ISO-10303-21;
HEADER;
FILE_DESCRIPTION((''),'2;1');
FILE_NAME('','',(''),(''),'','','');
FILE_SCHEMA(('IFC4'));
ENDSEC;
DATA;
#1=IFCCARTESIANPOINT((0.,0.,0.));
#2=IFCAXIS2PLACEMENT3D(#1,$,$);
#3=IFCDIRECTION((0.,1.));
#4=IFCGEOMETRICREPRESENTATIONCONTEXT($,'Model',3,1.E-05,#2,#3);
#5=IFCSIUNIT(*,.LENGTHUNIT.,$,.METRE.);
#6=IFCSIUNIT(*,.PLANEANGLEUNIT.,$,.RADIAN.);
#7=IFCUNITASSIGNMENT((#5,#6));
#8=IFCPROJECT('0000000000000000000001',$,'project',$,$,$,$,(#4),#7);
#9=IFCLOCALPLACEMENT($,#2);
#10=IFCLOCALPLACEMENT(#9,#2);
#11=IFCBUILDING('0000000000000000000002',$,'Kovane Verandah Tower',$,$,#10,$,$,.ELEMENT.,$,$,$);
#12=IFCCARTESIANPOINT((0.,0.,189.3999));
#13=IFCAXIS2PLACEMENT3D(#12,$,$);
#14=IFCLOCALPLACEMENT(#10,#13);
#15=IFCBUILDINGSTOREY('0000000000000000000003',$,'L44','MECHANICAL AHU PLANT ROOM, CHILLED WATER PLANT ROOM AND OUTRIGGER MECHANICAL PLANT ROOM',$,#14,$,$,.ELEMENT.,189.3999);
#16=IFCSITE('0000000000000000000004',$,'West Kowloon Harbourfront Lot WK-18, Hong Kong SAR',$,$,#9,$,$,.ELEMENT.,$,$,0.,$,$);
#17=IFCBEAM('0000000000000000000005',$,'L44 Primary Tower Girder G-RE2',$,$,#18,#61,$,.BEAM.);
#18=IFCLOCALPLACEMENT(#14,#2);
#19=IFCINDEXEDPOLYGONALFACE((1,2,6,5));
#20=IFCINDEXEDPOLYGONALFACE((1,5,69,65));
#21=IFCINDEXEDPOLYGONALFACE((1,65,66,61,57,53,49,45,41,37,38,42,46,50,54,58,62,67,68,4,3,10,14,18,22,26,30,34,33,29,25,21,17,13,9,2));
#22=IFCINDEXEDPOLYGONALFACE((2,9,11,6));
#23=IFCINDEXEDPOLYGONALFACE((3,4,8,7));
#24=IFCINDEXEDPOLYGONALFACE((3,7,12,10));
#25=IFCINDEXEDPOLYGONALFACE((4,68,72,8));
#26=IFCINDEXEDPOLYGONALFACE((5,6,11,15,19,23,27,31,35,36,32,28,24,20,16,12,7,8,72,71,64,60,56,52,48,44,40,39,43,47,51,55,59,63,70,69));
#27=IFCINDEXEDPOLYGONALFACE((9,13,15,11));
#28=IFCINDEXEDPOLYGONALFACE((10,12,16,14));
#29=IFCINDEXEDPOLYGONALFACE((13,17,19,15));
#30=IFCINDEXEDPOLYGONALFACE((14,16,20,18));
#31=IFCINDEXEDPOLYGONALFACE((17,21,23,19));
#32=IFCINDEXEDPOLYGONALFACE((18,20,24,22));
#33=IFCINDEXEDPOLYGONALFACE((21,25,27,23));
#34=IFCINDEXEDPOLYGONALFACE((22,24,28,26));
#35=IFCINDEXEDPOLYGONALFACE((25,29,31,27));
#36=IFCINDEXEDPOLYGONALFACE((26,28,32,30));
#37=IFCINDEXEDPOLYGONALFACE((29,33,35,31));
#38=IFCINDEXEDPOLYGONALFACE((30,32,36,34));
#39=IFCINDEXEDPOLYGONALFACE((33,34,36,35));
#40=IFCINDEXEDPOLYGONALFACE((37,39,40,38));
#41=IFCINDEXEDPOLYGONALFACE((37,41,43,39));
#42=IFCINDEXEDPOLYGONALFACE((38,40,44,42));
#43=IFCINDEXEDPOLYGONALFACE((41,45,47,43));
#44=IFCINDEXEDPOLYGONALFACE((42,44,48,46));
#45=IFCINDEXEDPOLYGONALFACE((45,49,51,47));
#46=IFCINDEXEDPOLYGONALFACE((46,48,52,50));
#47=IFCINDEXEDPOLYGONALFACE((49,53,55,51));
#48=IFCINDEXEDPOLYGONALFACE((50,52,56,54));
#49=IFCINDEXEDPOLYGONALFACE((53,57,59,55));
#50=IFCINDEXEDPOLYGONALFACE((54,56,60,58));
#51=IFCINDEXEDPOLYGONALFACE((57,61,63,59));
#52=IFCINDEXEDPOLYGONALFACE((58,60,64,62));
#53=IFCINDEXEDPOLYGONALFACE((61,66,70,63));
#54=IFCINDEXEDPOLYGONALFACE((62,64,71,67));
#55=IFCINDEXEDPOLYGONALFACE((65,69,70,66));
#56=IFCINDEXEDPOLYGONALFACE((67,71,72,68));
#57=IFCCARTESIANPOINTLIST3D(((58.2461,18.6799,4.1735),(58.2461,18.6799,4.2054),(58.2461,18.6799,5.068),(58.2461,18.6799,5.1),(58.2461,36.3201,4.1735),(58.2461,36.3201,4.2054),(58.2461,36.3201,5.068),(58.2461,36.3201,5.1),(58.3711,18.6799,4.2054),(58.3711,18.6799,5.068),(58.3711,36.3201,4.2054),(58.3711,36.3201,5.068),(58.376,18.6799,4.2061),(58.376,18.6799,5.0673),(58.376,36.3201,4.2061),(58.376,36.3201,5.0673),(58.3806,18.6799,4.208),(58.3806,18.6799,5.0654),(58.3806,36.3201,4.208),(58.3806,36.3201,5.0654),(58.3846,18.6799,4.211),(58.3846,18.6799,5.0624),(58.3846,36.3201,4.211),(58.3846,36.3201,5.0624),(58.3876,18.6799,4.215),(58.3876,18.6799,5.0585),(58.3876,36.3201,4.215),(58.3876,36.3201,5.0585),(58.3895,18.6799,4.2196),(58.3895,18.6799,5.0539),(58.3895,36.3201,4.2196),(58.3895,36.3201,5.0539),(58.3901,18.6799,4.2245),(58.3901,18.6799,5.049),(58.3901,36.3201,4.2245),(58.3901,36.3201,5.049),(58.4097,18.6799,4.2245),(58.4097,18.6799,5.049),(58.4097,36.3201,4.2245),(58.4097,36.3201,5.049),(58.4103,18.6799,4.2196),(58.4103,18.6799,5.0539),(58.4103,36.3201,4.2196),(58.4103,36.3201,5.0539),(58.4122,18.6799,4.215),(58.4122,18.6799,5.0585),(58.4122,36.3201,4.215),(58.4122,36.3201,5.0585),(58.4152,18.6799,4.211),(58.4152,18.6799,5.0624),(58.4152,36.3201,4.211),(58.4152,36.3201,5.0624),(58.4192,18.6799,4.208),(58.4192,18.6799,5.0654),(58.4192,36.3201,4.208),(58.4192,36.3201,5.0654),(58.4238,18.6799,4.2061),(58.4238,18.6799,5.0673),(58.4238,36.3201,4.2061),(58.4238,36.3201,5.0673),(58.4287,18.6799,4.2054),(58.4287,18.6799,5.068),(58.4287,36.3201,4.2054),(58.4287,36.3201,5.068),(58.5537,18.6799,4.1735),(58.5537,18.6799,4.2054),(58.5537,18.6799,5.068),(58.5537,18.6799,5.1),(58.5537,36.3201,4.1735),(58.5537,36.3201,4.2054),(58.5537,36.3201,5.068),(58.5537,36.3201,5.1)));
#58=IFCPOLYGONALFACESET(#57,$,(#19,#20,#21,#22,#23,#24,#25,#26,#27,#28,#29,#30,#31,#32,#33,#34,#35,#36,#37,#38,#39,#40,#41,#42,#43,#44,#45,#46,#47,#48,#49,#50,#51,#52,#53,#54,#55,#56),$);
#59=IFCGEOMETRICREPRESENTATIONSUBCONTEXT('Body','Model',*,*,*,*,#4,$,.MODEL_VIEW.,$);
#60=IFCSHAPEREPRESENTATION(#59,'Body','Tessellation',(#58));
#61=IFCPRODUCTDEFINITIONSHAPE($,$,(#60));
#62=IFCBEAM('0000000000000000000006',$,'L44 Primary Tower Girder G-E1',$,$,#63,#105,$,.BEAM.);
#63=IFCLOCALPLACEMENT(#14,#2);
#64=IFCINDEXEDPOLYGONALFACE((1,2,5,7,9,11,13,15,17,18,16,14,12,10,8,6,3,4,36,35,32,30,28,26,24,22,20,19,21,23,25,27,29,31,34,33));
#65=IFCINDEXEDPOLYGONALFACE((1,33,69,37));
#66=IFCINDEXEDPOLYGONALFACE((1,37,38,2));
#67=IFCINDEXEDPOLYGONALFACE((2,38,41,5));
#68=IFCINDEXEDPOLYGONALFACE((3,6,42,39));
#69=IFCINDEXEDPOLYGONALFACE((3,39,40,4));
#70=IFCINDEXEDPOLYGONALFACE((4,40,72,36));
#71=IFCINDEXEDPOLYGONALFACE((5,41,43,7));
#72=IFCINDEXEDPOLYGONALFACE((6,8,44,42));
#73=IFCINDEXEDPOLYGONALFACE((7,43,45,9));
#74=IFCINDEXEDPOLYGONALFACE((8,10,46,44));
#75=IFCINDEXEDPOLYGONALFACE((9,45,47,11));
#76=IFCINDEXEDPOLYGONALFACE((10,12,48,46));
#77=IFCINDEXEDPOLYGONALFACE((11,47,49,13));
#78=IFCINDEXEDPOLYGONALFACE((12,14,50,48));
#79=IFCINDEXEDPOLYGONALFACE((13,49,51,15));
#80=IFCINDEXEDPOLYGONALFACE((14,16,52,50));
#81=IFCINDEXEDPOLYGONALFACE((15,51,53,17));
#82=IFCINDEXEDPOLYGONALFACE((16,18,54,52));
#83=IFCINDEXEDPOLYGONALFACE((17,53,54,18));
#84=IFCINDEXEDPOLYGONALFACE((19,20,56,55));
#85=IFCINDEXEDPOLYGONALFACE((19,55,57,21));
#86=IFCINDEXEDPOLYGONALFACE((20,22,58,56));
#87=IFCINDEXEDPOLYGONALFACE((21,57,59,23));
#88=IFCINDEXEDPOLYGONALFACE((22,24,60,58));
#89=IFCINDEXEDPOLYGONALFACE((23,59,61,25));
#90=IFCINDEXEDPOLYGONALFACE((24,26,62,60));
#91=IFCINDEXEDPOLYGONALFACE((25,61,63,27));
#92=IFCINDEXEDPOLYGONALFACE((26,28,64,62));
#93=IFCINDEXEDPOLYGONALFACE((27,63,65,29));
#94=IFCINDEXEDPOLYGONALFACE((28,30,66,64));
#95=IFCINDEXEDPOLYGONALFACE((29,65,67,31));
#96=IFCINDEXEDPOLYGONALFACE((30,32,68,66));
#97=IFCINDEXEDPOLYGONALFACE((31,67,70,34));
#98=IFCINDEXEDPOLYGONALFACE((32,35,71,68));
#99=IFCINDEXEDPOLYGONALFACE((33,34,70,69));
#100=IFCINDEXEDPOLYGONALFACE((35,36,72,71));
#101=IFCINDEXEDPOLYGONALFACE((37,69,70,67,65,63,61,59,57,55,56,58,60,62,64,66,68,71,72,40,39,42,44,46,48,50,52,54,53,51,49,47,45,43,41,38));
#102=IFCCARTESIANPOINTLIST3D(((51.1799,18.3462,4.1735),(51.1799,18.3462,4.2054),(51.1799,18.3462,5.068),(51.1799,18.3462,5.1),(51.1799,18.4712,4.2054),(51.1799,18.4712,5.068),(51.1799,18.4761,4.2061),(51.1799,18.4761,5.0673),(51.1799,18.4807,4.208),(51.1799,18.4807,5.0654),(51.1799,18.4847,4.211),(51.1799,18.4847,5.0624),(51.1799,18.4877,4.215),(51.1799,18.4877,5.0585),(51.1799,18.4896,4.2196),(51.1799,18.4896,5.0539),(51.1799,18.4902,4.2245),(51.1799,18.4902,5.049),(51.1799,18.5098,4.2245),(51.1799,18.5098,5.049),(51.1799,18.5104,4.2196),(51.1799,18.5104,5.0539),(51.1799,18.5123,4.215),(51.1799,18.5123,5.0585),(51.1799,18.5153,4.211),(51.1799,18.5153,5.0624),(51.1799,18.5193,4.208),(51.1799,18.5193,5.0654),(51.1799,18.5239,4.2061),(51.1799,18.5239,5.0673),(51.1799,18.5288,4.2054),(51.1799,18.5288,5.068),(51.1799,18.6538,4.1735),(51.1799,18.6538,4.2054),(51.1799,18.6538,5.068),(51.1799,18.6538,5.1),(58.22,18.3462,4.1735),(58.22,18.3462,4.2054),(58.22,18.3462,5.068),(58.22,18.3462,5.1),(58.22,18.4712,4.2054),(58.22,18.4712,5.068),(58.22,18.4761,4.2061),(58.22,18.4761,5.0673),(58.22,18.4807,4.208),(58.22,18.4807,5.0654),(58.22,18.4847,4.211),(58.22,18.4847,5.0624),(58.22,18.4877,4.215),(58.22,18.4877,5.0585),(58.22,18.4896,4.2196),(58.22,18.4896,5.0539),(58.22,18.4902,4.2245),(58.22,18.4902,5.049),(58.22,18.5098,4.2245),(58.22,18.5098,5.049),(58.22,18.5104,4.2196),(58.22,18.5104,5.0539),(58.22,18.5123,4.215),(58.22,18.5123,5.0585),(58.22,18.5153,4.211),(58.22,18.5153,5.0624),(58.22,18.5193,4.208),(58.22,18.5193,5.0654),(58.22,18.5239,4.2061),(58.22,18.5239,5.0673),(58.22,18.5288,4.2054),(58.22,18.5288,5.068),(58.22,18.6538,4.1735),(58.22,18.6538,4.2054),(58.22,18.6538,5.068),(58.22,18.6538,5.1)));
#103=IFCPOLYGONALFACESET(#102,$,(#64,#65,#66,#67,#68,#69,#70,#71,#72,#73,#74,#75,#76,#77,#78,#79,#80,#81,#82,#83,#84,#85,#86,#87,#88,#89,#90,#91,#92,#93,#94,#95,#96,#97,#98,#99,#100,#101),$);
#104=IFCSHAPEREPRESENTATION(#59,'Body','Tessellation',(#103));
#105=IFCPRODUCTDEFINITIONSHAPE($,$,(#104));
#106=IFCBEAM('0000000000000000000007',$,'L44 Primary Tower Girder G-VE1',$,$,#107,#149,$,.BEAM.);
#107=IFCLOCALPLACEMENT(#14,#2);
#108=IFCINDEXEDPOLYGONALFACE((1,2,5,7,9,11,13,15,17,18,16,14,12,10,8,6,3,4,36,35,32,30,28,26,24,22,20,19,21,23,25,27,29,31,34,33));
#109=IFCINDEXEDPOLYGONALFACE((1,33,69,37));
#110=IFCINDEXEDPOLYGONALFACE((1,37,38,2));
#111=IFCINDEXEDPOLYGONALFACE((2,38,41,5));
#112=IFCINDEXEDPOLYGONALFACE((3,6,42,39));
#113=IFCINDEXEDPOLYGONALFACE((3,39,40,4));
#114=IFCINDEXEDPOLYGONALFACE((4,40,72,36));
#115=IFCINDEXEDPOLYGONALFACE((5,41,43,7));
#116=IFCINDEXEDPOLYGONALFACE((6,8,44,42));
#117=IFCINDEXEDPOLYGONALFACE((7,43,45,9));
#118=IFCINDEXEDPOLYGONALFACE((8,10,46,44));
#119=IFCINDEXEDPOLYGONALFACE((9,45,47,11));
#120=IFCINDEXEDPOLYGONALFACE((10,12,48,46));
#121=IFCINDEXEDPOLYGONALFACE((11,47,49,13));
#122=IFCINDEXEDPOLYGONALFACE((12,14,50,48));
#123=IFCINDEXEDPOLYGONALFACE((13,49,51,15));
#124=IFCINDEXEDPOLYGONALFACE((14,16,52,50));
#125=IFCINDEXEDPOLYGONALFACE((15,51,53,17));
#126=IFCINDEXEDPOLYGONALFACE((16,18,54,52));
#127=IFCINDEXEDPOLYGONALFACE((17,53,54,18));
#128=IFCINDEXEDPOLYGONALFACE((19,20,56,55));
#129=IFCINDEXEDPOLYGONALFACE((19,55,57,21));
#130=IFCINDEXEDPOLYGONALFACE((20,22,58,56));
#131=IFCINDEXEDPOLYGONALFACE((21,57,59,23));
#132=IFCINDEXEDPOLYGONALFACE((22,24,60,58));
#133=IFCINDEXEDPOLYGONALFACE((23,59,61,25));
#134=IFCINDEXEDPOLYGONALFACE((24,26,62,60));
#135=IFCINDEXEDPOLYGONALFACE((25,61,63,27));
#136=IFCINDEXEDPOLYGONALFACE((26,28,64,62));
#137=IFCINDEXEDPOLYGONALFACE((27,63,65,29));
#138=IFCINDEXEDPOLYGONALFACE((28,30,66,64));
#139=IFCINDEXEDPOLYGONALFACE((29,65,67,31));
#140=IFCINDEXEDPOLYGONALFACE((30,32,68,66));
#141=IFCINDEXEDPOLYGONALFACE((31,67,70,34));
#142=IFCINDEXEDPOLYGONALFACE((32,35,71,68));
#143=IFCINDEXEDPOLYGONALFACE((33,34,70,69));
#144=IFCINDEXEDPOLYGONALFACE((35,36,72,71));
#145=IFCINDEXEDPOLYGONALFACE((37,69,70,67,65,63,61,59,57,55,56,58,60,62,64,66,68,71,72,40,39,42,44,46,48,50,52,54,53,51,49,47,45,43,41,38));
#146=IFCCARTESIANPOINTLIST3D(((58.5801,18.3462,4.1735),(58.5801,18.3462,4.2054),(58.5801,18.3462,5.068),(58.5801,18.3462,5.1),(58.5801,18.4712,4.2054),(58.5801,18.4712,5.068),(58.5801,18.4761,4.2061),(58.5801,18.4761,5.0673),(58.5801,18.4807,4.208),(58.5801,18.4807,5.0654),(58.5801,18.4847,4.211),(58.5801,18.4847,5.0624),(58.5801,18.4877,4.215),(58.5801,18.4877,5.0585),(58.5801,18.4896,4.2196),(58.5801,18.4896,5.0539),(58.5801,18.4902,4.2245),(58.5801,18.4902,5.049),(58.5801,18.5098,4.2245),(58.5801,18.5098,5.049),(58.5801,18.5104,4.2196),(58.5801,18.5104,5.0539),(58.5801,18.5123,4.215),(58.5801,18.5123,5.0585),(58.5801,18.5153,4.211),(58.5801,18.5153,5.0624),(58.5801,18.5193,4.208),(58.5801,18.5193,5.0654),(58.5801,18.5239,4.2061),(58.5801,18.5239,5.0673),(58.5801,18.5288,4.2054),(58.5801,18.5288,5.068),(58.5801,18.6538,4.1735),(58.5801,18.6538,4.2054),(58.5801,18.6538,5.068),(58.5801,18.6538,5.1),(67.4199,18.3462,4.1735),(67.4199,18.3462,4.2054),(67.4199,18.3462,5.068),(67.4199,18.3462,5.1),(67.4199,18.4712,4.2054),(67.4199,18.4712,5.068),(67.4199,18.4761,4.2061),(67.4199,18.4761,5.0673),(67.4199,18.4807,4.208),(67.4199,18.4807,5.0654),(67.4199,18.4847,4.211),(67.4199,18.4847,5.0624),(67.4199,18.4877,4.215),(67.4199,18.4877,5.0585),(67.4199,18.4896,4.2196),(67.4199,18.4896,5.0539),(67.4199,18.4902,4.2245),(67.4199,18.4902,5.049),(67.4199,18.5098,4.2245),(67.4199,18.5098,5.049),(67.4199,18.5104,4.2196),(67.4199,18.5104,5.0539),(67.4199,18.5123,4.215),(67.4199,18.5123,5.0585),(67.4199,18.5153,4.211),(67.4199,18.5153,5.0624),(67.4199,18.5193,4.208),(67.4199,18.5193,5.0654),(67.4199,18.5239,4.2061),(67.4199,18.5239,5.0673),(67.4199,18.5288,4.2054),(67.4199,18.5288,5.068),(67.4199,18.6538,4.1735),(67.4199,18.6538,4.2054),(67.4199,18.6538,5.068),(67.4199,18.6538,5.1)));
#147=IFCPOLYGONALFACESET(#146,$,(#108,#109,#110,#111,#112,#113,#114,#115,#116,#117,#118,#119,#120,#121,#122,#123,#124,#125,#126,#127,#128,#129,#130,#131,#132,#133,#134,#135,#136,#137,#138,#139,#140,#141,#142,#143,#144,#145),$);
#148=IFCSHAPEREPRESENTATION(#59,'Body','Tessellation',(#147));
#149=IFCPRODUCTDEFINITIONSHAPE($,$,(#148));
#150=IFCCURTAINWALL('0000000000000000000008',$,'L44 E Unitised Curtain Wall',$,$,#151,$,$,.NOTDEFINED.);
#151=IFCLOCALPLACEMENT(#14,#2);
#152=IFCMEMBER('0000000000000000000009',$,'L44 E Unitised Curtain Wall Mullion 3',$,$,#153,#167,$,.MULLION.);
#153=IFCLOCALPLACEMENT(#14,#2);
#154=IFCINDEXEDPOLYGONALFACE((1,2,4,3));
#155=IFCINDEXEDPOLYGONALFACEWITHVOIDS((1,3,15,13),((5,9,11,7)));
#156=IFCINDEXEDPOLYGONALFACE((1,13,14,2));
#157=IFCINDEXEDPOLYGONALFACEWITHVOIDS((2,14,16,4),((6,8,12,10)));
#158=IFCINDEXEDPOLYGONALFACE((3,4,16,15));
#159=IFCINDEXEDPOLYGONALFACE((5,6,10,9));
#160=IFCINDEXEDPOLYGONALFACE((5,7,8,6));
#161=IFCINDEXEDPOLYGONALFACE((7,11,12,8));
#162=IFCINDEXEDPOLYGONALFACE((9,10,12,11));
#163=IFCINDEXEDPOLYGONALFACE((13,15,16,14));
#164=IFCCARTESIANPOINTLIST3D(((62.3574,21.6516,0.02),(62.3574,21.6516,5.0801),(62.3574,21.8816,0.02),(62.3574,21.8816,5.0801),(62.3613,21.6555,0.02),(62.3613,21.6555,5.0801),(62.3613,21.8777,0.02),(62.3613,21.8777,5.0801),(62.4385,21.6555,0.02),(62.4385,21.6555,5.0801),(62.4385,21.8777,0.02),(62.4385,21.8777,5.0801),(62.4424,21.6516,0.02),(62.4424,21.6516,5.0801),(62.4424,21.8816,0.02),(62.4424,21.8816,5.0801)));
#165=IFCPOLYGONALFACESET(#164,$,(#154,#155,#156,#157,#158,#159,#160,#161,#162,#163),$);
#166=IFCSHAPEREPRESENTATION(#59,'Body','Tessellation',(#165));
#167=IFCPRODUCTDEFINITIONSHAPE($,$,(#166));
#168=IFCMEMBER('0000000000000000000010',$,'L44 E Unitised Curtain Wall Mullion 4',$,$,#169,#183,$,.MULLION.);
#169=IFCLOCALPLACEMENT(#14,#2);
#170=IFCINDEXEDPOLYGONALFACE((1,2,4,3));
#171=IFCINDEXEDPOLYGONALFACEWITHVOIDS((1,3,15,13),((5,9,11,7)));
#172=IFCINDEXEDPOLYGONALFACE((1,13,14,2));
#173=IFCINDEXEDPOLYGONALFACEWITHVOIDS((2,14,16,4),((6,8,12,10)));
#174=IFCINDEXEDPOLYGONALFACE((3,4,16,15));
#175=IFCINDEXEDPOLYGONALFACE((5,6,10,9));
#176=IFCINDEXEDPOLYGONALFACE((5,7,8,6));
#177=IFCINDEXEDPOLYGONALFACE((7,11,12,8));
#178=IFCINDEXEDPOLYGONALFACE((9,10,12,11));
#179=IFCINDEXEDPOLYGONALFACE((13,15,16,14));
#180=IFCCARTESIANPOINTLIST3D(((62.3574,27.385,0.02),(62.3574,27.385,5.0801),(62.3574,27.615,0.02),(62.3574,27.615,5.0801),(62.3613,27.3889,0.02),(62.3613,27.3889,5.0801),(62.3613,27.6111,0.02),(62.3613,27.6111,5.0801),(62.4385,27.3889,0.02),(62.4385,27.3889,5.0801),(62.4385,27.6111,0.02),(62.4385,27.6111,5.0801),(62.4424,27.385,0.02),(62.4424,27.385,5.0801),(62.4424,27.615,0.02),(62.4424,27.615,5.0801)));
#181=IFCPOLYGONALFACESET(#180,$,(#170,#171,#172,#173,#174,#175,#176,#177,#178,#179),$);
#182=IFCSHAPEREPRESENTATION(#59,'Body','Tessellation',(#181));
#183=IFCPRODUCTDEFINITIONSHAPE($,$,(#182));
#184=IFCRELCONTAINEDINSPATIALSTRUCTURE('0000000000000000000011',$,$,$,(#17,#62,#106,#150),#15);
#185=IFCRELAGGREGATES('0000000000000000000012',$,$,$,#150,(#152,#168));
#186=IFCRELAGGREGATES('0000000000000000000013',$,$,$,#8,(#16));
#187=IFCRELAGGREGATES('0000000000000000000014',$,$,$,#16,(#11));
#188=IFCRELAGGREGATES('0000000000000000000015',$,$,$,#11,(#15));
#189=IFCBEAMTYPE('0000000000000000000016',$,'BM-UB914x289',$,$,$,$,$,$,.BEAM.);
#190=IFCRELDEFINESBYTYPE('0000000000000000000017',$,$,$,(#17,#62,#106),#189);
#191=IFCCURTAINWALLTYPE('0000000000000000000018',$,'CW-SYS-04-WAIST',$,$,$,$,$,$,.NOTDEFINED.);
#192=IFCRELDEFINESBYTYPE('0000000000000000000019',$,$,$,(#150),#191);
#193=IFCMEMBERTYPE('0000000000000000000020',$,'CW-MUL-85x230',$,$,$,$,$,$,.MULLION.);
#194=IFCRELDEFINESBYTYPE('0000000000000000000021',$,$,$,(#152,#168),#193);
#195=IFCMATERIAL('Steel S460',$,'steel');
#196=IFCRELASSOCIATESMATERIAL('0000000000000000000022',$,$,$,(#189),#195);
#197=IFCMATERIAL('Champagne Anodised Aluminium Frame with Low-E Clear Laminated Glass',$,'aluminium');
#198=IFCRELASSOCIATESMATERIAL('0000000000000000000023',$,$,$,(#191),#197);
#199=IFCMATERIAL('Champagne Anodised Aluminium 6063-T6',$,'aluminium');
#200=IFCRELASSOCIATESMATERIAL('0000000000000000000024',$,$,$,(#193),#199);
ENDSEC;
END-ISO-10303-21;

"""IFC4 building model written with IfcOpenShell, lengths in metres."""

from ifc_helpers import new_model, si_unit, direction, frame, origin, origin_2d, place, context, subcontext, project, spatial, hollow_rectangle, i_section, extrude, material, material_profile, profile_set, type_object, element, aggregate, save


model = new_model("IFC4")

# Units and contexts
model_context = context("Model", 3, precision=1e-05, world=origin(), true_north=direction((0.0, 1.0)))
body_context = subcontext(model_context, "Body", "Model", "MODEL_VIEW")
ifc_project = project(units=[si_unit("LENGTHUNIT", "METRE"), si_unit("PLANEANGLEUNIT", "RADIAN")], contexts=[model_context])

# Site, building, storey
site_placement = place(None, origin())
site = spatial("IfcSite", under=ifc_project, at=site_placement, Name="West Kowloon Harbourfront Lot WK-18, Hong Kong SAR", CompositionType="ELEMENT", RefElevation=0.0)
building_placement = place(site_placement, origin())
building = spatial("IfcBuilding", under=site, at=building_placement, Name="Kovane Verandah Tower", CompositionType="ELEMENT")
storey_placement = place(building_placement, frame((0.0, 0.0, 189.3999)))
storey = spatial("IfcBuildingStorey", under=building, at=storey_placement, Name="L44", Description="MECHANICAL AHU PLANT ROOM, CHILLED WATER PLANT ROOM AND OUTRIGGER MECHANICAL PLANT ROOM", CompositionType="ELEMENT", Elevation=189.3999)

# Shared definitions
ifc_material_1 = material(Name="Steel S460", Category="steel")

# Beams
ifc_material_profile_1 = material_profile(ifc_material_1, i_section(OverallWidth=0.3076, OverallDepth=0.9265, WebThickness=0.0195, FlangeThickness=0.032, FilletRadius=0.019, at=origin_2d()), Name="UB914x305x289")
ifc_profile_set_1 = profile_set([ifc_material_profile_1], Name="Steel S460")
beam_type_1 = type_object("IfcBeamType", Name="BM-UB914x289", PredefinedType="BEAM", material=ifc_profile_set_1)
beam_1_placement = place(storey_placement, frame((58.3999, 18.6799, 4.6367), z_axis=(0.0, 1.0, 0.0), x_axis=(-1.0, 0.0, 0.0)))
element("IfcBeam", 1, at=beam_1_placement, inside=storey, type_object=beam_type_1, Name="L44 Primary Tower Girder G-RE2", PredefinedType="BEAM", context=body_context, shape_type="SweptSolid", body=[
    extrude(i_section(OverallWidth=0.3076, OverallDepth=0.9265, WebThickness=0.0195, FlangeThickness=0.032, FilletRadius=0.019, at=origin_2d()), origin(), (0.0, 0.0, 1.0), 17.6401),
])
beam_2_placement = place(storey_placement, frame((51.1799, 18.5, 4.6367), z_axis=(1.0, 0.0, 0.0), x_axis=(0.0, 1.0, 0.0)))
element("IfcBeam", 2, at=beam_2_placement, inside=storey, type_object=beam_type_1, Name="L44 Primary Tower Girder G-E1", PredefinedType="BEAM", context=body_context, shape_type="SweptSolid", body=[
    extrude(i_section(OverallWidth=0.3076, OverallDepth=0.9265, WebThickness=0.0195, FlangeThickness=0.032, FilletRadius=0.019, at=origin_2d()), origin(), (0.0, 0.0, 1.0), 7.04),
])
beam_3_placement = place(storey_placement, frame((58.5801, 18.5, 4.6367), z_axis=(1.0, 0.0, 0.0), x_axis=(0.0, 1.0, 0.0)))
element("IfcBeam", 3, at=beam_3_placement, inside=storey, type_object=beam_type_1, Name="L44 Primary Tower Girder G-VE1", PredefinedType="BEAM", context=body_context, shape_type="SweptSolid", body=[
    extrude(i_section(OverallWidth=0.3076, OverallDepth=0.9265, WebThickness=0.0195, FlangeThickness=0.032, FilletRadius=0.019, at=origin_2d()), origin(), (0.0, 0.0, 1.0), 8.8398),
])

# Curtain wall, members
ifc_material_2 = material(Name="Champagne Anodised Aluminium Frame with Low-E Clear Laminated Glass", Category="aluminium")
curtain_wall_type = type_object("IfcCurtainWallType", Name="CW-SYS-04-WAIST", PredefinedType="NOTDEFINED", material=ifc_material_2)
curtain_wall_placement = place(storey_placement, origin())
curtain_wall = element("IfcCurtainWall", 4, at=curtain_wall_placement, inside=storey, type_object=curtain_wall_type, Name="L44 E Unitised Curtain Wall", PredefinedType="NOTDEFINED")
ifc_material_3 = material(Name="Champagne Anodised Aluminium 6063-T6", Category="aluminium")
ifc_material_profile_2 = material_profile(ifc_material_3, hollow_rectangle(XDim=0.085, YDim=0.23, WallThickness=0.0039, at=origin_2d()), Name="AL85x230x4")
ifc_profile_set_2 = profile_set([ifc_material_profile_2], Name="Champagne Anodised Aluminium 6063-T6")
member_type_1 = type_object("IfcMemberType", Name="CW-MUL-85x230", PredefinedType="MULLION", material=ifc_profile_set_2)
member_1_placement = place(storey_placement, frame((62.3999, 21.7666, 0.02), z_axis=(0.0, 0.0, 1.0), x_axis=(1.0, 0.0, 0.0)))
member_1 = element("IfcMember", 5, at=member_1_placement, type_object=member_type_1, Name="L44 E Unitised Curtain Wall Mullion 3", PredefinedType="MULLION", context=body_context, shape_type="SweptSolid", body=[
    extrude(hollow_rectangle(XDim=0.085, YDim=0.23, WallThickness=0.0039, at=origin_2d()), origin(), (0.0, 0.0, 1.0), 5.0601),
])
member_2_placement = place(storey_placement, frame((62.3999, 27.5, 0.02), z_axis=(0.0, 0.0, 1.0), x_axis=(1.0, 0.0, 0.0)))
member_2 = element("IfcMember", 6, at=member_2_placement, type_object=member_type_1, Name="L44 E Unitised Curtain Wall Mullion 4", PredefinedType="MULLION", context=body_context, shape_type="SweptSolid", body=[
    extrude(hollow_rectangle(XDim=0.085, YDim=0.23, WallThickness=0.0039, at=origin_2d()), origin(), (0.0, 0.0, 1.0), 5.0601),
])

aggregate(curtain_wall, [member_1, member_2])

save(model, "model.ifc")
